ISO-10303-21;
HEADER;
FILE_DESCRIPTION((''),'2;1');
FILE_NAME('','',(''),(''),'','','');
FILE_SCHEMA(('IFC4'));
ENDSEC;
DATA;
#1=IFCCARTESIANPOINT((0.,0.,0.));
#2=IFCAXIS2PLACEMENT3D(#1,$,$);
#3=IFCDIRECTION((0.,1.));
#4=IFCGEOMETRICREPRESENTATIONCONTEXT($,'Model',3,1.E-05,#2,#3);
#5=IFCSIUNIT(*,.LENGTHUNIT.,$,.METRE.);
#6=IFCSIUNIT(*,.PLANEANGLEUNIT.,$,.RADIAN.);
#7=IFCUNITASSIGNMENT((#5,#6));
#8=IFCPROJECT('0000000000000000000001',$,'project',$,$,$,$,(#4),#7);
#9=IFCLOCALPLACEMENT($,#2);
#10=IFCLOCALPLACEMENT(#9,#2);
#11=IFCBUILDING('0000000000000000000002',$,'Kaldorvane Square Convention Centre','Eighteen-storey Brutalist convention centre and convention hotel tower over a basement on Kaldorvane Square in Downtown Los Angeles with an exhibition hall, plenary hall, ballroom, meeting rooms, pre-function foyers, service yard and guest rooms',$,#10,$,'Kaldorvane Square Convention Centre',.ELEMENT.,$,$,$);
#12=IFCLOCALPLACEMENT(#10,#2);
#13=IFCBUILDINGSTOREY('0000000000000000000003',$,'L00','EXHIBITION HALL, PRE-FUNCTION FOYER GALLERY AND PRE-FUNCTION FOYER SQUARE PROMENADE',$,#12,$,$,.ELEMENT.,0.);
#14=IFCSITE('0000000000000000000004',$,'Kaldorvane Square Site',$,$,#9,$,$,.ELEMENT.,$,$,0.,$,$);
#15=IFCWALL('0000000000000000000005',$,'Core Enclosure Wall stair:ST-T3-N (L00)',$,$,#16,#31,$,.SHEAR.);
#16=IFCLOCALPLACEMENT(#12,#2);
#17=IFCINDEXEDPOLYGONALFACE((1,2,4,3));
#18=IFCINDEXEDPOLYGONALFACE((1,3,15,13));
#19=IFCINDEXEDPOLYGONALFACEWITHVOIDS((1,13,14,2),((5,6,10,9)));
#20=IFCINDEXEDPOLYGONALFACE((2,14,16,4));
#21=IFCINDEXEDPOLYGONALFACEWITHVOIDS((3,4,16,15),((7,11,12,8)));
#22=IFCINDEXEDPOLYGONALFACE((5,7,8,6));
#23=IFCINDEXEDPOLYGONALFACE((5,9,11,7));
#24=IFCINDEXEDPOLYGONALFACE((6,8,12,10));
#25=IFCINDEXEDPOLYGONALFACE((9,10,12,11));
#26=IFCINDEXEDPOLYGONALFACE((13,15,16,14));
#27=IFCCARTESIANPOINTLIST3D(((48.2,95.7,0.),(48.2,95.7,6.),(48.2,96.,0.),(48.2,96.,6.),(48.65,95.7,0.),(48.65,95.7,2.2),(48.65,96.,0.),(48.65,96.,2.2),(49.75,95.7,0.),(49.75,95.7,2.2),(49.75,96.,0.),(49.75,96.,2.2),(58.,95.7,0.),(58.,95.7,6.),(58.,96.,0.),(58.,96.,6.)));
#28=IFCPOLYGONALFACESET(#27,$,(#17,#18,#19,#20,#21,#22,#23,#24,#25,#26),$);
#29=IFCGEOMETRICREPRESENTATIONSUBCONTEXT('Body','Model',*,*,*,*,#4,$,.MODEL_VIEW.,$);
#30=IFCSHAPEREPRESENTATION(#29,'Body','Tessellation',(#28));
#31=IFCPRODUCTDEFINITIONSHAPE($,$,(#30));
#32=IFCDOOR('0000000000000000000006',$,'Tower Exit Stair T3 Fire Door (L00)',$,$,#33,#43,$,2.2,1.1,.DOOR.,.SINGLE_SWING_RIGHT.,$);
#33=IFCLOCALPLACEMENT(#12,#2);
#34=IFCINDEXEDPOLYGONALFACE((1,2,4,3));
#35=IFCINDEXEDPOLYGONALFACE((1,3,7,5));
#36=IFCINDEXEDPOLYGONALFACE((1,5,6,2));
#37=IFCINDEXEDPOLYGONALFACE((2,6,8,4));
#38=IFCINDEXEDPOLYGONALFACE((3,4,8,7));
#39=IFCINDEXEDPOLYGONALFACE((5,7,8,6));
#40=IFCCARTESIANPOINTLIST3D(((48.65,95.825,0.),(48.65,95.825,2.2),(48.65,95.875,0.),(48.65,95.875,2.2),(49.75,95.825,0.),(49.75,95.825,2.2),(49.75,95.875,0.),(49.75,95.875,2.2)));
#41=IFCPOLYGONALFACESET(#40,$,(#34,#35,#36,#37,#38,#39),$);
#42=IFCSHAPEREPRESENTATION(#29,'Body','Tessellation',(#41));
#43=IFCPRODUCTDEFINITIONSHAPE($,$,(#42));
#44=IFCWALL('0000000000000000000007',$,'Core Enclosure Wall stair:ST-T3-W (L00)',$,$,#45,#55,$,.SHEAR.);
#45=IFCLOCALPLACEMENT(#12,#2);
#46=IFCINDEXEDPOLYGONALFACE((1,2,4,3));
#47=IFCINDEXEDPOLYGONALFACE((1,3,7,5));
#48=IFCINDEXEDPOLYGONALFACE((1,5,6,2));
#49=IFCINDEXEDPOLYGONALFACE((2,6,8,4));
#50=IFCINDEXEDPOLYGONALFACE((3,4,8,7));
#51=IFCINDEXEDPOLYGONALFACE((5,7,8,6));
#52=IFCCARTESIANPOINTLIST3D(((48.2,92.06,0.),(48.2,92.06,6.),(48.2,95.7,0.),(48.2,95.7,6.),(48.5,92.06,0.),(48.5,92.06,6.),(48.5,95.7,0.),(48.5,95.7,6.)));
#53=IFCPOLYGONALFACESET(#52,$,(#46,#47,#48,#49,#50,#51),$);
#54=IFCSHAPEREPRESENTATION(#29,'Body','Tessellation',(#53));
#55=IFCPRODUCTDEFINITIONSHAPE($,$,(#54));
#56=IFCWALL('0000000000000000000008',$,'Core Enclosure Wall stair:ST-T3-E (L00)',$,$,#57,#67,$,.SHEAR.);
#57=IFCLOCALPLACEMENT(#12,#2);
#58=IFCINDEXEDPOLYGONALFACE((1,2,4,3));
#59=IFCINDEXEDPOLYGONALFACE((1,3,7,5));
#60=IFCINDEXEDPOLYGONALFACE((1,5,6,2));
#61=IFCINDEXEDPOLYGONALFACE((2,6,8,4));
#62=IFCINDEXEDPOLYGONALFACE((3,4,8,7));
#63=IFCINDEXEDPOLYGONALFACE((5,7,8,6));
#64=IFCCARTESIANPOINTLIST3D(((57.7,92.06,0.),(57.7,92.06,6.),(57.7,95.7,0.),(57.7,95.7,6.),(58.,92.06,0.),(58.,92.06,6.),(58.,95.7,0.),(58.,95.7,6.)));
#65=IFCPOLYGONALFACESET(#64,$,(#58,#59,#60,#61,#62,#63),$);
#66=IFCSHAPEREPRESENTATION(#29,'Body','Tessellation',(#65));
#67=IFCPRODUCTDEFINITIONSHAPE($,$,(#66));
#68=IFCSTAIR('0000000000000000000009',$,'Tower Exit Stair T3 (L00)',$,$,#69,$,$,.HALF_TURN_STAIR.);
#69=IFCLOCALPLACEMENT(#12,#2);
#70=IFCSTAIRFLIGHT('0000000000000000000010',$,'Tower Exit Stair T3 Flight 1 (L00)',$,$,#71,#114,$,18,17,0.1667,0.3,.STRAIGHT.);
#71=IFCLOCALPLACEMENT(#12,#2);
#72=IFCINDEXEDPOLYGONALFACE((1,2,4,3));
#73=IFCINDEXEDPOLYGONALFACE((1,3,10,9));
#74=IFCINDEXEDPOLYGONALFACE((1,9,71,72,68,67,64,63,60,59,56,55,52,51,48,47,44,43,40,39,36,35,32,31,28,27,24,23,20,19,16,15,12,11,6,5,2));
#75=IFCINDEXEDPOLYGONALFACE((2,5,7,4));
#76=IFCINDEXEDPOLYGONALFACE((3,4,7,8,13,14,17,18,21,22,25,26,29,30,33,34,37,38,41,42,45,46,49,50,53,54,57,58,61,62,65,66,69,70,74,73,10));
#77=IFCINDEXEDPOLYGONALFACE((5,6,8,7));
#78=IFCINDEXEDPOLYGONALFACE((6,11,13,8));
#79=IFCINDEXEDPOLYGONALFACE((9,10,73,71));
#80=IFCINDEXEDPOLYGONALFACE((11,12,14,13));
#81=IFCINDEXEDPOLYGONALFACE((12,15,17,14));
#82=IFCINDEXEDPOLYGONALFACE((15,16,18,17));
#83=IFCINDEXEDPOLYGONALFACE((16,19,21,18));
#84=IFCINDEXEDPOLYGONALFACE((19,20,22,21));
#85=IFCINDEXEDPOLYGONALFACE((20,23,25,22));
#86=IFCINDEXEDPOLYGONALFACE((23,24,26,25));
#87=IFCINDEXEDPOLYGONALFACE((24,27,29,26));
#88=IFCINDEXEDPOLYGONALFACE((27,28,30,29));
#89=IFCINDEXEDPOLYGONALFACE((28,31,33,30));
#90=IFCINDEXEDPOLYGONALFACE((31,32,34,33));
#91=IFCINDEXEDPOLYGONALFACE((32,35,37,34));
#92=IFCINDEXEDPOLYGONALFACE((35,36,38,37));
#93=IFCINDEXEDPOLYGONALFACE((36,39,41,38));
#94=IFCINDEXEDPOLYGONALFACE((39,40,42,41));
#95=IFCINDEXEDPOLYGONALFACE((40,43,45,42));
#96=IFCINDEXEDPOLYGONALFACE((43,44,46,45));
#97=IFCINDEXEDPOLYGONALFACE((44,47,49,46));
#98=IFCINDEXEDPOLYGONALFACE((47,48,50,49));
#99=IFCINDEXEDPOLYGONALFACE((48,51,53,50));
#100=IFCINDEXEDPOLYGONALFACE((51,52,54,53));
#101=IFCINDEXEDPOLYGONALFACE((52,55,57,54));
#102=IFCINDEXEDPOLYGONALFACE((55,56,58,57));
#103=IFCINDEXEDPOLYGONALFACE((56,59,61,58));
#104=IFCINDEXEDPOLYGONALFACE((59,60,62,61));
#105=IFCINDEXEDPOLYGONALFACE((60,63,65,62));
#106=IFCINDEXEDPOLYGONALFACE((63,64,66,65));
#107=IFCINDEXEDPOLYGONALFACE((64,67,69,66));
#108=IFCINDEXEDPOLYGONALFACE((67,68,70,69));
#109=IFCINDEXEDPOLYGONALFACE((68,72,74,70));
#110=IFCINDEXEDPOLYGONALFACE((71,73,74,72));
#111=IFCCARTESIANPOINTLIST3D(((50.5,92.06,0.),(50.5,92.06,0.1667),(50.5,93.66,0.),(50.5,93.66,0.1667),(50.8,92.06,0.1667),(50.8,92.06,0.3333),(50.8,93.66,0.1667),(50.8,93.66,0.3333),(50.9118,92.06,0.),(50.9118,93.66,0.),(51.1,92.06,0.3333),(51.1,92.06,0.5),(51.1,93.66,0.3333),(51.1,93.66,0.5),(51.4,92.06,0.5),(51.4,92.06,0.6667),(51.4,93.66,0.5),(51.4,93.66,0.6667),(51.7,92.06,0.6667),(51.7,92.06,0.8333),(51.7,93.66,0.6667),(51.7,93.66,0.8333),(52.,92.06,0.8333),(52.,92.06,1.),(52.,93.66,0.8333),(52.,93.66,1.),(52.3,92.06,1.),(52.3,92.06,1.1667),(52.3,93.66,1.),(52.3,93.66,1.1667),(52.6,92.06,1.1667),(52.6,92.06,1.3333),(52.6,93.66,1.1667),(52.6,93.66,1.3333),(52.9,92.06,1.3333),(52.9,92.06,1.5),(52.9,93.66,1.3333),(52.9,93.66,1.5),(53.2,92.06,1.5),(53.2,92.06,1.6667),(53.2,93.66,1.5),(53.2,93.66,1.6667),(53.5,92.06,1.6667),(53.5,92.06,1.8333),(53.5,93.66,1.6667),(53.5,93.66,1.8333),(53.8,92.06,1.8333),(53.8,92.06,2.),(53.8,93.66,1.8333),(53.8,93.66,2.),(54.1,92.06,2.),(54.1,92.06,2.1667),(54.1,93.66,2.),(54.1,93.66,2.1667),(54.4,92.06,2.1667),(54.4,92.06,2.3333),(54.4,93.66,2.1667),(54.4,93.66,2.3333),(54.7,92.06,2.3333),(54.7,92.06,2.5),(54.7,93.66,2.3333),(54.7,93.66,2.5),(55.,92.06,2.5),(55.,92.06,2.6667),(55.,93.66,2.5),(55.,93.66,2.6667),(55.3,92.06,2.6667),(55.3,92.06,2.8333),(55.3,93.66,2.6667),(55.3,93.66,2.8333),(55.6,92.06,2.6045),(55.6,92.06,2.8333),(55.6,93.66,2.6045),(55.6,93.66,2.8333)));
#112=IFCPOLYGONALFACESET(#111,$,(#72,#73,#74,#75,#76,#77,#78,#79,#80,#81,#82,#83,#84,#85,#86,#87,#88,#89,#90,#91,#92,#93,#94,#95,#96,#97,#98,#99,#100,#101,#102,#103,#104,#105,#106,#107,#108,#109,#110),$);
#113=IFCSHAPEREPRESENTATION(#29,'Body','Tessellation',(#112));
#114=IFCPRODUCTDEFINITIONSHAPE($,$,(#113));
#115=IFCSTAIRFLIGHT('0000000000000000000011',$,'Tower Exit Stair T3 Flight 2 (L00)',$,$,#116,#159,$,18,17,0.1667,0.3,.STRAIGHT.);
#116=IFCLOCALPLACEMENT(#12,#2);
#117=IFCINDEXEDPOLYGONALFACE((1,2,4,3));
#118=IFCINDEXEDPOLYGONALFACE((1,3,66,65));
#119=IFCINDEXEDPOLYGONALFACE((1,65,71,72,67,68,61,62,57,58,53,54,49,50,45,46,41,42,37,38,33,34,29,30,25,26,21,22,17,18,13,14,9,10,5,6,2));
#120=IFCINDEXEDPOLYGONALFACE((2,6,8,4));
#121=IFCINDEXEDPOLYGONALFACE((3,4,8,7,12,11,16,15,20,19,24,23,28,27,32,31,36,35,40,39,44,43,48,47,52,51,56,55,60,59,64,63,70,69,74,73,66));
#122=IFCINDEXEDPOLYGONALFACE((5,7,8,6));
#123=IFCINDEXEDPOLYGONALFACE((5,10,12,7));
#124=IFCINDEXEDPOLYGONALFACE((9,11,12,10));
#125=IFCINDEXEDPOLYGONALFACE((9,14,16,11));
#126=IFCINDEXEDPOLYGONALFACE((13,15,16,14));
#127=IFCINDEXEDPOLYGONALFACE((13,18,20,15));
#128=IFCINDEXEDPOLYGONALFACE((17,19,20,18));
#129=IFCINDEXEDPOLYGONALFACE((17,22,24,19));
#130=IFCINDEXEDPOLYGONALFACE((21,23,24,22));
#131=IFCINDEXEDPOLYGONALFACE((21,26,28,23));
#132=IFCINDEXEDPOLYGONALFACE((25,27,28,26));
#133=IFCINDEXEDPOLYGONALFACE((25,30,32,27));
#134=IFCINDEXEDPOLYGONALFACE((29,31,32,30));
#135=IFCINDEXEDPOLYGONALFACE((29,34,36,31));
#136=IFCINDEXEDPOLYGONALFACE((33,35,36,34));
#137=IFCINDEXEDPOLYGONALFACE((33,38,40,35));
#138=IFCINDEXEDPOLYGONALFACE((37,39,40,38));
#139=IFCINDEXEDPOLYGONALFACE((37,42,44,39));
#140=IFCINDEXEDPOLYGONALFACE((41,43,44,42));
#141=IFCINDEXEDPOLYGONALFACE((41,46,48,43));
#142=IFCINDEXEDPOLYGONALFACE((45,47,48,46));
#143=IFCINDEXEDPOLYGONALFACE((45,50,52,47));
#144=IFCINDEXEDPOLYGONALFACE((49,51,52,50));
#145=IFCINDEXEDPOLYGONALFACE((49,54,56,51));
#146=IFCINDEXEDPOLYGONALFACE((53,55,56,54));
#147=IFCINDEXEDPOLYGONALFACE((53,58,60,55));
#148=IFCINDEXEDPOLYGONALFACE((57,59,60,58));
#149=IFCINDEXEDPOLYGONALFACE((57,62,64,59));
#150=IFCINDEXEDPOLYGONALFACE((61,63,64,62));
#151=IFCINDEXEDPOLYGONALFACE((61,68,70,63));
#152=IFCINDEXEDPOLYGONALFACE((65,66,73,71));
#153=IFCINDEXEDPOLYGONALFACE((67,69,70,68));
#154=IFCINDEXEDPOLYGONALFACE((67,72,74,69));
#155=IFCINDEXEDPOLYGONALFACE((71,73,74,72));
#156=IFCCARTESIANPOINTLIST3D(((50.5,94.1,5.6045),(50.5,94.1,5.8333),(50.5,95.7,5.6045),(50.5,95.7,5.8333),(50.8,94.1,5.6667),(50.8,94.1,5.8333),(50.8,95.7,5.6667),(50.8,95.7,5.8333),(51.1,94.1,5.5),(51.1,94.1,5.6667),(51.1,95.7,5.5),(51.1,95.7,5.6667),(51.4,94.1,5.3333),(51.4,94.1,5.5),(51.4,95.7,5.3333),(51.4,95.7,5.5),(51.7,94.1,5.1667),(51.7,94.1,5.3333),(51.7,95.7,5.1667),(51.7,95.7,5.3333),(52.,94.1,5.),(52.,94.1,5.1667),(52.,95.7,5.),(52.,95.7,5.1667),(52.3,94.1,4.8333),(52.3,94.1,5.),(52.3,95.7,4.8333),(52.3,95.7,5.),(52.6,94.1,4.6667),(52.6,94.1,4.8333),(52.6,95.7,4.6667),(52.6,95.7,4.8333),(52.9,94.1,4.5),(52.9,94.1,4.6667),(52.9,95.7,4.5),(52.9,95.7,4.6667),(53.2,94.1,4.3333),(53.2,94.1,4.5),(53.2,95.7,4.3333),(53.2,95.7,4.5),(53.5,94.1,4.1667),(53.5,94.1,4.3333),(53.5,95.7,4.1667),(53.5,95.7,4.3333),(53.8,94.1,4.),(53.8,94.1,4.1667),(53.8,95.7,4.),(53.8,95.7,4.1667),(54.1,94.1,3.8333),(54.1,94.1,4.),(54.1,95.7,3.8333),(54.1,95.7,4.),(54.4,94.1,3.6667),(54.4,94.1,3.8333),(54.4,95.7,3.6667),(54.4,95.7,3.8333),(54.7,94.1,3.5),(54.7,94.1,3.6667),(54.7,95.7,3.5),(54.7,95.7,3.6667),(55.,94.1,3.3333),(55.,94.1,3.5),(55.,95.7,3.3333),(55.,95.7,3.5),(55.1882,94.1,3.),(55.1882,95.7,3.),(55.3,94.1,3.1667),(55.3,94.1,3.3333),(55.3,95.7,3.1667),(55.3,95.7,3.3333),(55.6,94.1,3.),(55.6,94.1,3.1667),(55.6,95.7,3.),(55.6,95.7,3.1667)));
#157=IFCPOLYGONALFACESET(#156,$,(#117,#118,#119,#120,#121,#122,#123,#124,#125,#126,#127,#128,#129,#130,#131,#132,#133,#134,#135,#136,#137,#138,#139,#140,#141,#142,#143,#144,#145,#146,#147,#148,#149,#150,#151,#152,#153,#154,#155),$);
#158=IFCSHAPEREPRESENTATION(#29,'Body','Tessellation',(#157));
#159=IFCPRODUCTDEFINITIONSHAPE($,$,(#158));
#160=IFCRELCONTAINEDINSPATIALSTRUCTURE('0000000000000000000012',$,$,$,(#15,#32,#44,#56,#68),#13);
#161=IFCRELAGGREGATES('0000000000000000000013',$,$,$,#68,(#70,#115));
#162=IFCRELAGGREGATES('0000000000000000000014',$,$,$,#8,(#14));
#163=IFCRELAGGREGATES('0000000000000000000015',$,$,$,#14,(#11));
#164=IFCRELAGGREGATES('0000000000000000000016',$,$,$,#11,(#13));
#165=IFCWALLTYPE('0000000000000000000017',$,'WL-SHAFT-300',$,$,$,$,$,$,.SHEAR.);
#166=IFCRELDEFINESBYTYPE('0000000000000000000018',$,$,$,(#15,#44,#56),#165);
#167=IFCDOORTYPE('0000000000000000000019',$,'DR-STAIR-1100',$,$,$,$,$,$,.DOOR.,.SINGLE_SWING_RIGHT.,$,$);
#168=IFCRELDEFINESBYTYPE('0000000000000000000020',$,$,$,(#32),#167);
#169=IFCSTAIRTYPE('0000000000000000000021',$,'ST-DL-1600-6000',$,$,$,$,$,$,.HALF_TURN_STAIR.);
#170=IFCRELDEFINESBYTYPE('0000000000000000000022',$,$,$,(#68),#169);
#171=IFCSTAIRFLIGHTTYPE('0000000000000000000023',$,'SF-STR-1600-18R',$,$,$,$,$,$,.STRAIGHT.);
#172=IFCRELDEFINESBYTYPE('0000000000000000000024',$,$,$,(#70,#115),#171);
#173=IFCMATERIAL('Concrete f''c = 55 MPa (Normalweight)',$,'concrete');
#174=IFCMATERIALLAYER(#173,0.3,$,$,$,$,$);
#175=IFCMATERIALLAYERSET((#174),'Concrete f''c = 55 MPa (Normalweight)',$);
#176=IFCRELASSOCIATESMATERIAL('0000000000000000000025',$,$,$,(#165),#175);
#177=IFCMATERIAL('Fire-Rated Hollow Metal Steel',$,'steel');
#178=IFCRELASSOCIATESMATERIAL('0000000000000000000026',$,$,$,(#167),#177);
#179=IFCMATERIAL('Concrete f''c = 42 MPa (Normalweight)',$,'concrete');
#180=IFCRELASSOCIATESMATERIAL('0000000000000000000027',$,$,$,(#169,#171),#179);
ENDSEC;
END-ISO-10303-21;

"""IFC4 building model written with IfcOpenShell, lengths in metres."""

from ifc_helpers import new_model, si_unit, direction, frame, frame_2d, origin, place, context, subcontext, project, spatial, polyline, rectangle, outline, extrude, material, layer, layer_set, type_object, element, fill, aggregate, save


model = new_model("IFC4")

# Units and contexts
model_context = context("Model", 3, precision=1e-05, world=origin(), true_north=direction((0.0, 1.0)))
body_context = subcontext(model_context, "Body", "Model", "MODEL_VIEW")
ifc_project = project(units=[si_unit("LENGTHUNIT", "METRE"), si_unit("PLANEANGLEUNIT", "RADIAN")], contexts=[model_context])

# Site, building, storey
site_placement = place(None, origin())
site = spatial("IfcSite", under=ifc_project, at=site_placement, Name="Kaldorvane Square Site", CompositionType="ELEMENT", RefElevation=0.0)
building_placement = place(site_placement, origin())
building = spatial("IfcBuilding", under=site, at=building_placement, Name="Kaldorvane Square Convention Centre", Description="Eighteen-storey Brutalist convention centre and convention hotel tower over a basement on Kaldorvane Square in Downtown Los Angeles with an exhibition hall, plenary hall, ballroom, meeting rooms, pre-function foyers, service yard and guest rooms", LongName="Kaldorvane Square Convention Centre", CompositionType="ELEMENT")
storey_placement = place(building_placement, origin())
storey = spatial("IfcBuildingStorey", under=building, at=storey_placement, Name="L00", Description="EXHIBITION HALL, PRE-FUNCTION FOYER GALLERY AND PRE-FUNCTION FOYER SQUARE PROMENADE", CompositionType="ELEMENT", Elevation=0.0)

# Shared definitions
ifc_material_1 = material(Name="Concrete f'c = 55 MPa (Normalweight)", Category="concrete")
ifc_layer_1 = layer(ifc_material_1, 0.3)
ifc_layer_set_1 = layer_set([ifc_layer_1], Name="Concrete f'c = 55 MPa (Normalweight)")
wall_type_1 = type_object("IfcWallType", Name="WL-SHAFT-300", PredefinedType="SHEAR", material=ifc_layer_set_1)

# Wall, opening, door
wall_1_placement = place(storey_placement, frame((58.0, 95.85, 0.0), z_axis=(0.0, 0.0, 1.0), x_axis=(-1.0, 0.0, 0.0)))
wall_1 = element("IfcWall", 1, at=wall_1_placement, inside=storey, type_object=wall_type_1, Name="Core Enclosure Wall stair:ST-T3-N (L00)", PredefinedType="SHEAR", context=body_context, shape_type="SweptSolid", body=[
    extrude(rectangle(XDim=9.8, YDim=0.3, at=frame_2d((4.9, 0.0))), origin(), (0.0, 0.0, 1.0), 6.0),
])
opening_1_placement = place(wall_1_placement, frame((8.25, 0.0, 0.0)))
opening_1 = element("IfcOpeningElement", 2, at=opening_1_placement, cuts=wall_1, PredefinedType="OPENING", context=body_context, shape_type="SweptSolid", body=[
    extrude(rectangle(XDim=1.1, YDim=2.2, at=frame_2d((0.55, 1.1))), frame((0.0, 0.165, 0.0), z_axis=(0.0, -1.0, 0.0), x_axis=(1.0, 0.0, 0.0)), (0.0, 0.0, 1.0), 0.33),
])
ifc_material_2 = material(Name="Fire-Rated Hollow Metal Steel", Category="steel")
door_type_1 = type_object("IfcDoorType", Name="DR-STAIR-1100", OperationType="SINGLE_SWING_RIGHT", PredefinedType="DOOR", material=ifc_material_2)
door_1_placement = place(opening_1_placement, origin())
door_1 = element("IfcDoor", 3, at=door_1_placement, inside=storey, type_object=door_type_1, Name="Tower Exit Stair T3 Fire Door (L00)", OperationType="SINGLE_SWING_RIGHT", OverallHeight=2.2, OverallWidth=1.1, PredefinedType="DOOR", context=body_context, shape_type="SweptSolid", body=[
    extrude(rectangle(XDim=1.1, YDim=2.2, at=frame_2d((0.55, 1.1))), frame((0.0, 0.025, 0.0), z_axis=(0.0, -1.0, 0.0), x_axis=(1.0, 0.0, 0.0)), (0.0, 0.0, 1.0), 0.05),
])
fill(opening_1, door_1)

# Walls
for number, where, z_axis, x_axis, name in (
    (4, (48.35, 95.7, 0.0), (0.0, 0.0, 1.0), (0.0, -1.0, 0.0), "Core Enclosure Wall stair:ST-T3-W (L00)"),
    (5, (57.85, 92.06, 0.0), (0.0, 0.0, 1.0), (0.0, 1.0, 0.0), "Core Enclosure Wall stair:ST-T3-E (L00)"),
):
    element("IfcWall", number, at=place(storey_placement, frame(where, z_axis=z_axis, x_axis=x_axis)), inside=storey, type_object=wall_type_1, Name=name, PredefinedType="SHEAR", context=body_context, shape_type="SweptSolid", body=[
        extrude(rectangle(XDim=3.64, YDim=0.3, at=frame_2d((1.82, 0.0))), origin(), (0.0, 0.0, 1.0), 6.0),
    ])

# Stair, stair flights
ifc_material_3 = material(Name="Concrete f'c = 42 MPa (Normalweight)", Category="concrete")
stair_type = type_object("IfcStairType", Name="ST-DL-1600-6000", PredefinedType="HALF_TURN_STAIR", material=ifc_material_3)
stair_placement = place(storey_placement, origin())
stair = element("IfcStair", 6, at=stair_placement, inside=storey, type_object=stair_type, Name="Tower Exit Stair T3 (L00)", PredefinedType="HALF_TURN_STAIR")
stair_flight_type = type_object("IfcStairFlightType", Name="SF-STR-1600-18R", PredefinedType="STRAIGHT", material=ifc_material_3)
stair_flight_1_placement = place(storey_placement, frame((50.5, 92.86, 0.0), z_axis=(0.0, 0.0, 1.0), x_axis=(1.0, 0.0, 0.0)))
stair_flight_1 = element("IfcStairFlight", 7, at=stair_flight_1_placement, type_object=stair_flight_type, Name="Tower Exit Stair T3 Flight 1 (L00)", NumberOfRisers=18, NumberOfTreads=17, PredefinedType="STRAIGHT", RiserHeight=0.1667, TreadLength=0.3, context=body_context, shape_type="SweptSolid", body=[
    extrude(outline(polyline([(0.0, 0.0), (0.0, 0.1667), (0.3, 0.1667), (0.3, 0.3333), (0.6, 0.3333), (0.6, 0.5), (0.9, 0.5), (0.9, 0.6667), (1.2, 0.6667), (1.2, 0.8333), (1.5, 0.8333), (1.5, 1.0), (1.8, 1.0), (1.8, 1.1667), (2.1, 1.1667), (2.1, 1.3333), (2.4, 1.3333), (2.4, 1.5), (2.7, 1.5), (2.7, 1.6667), (3.0, 1.6667), (3.0, 1.8333), (3.3, 1.8333), (3.3, 2.0), (3.6, 2.0), (3.6, 2.1667), (3.9, 2.1667), (3.9, 2.3333), (4.2, 2.3333), (4.2, 2.5), (4.5, 2.5), (4.5, 2.6667), (4.8, 2.6667), (4.8, 2.8333), (5.1, 2.8333), (5.1, 3.0), (5.1, 2.6045), (0.4118, 0.0), (0.0, 0.0)])), frame((0.0, 0.8, 0.0), z_axis=(0.0, -1.0, 0.0), x_axis=(1.0, 0.0, 0.0)), (0.0, 0.0, 1.0), 1.6),
])
stair_flight_2_placement = place(storey_placement, frame((55.6, 94.9, 3.0), z_axis=(0.0, 0.0, 1.0), x_axis=(-1.0, 0.0, 0.0)))
stair_flight_2 = element("IfcStairFlight", 8, at=stair_flight_2_placement, type_object=stair_flight_type, Name="Tower Exit Stair T3 Flight 2 (L00)", NumberOfRisers=18, NumberOfTreads=17, PredefinedType="STRAIGHT", RiserHeight=0.1667, TreadLength=0.3, context=body_context, shape_type="SweptSolid", body=[
    extrude(outline(polyline([(0.0, 0.0), (0.0, 0.1667), (0.3, 0.1667), (0.3, 0.3333), (0.6, 0.3333), (0.6, 0.5), (0.9, 0.5), (0.9, 0.6667), (1.2, 0.6667), (1.2, 0.8333), (1.5, 0.8333), (1.5, 1.0), (1.8, 1.0), (1.8, 1.1667), (2.1, 1.1667), (2.1, 1.3333), (2.4, 1.3333), (2.4, 1.5), (2.7, 1.5), (2.7, 1.6667), (3.0, 1.6667), (3.0, 1.8333), (3.3, 1.8333), (3.3, 2.0), (3.6, 2.0), (3.6, 2.1667), (3.9, 2.1667), (3.9, 2.3333), (4.2, 2.3333), (4.2, 2.5), (4.5, 2.5), (4.5, 2.6667), (4.8, 2.6667), (4.8, 2.8333), (5.1, 2.8333), (5.1, 3.0), (5.1, 2.6045), (0.4118, 0.0), (0.0, 0.0)])), frame((0.0, 0.8, 0.0), z_axis=(0.0, -1.0, 0.0), x_axis=(1.0, 0.0, 0.0)), (0.0, 0.0, 1.0), 1.6),
])
aggregate(stair, [stair_flight_1, stair_flight_2])

save(model, "model.ifc")
